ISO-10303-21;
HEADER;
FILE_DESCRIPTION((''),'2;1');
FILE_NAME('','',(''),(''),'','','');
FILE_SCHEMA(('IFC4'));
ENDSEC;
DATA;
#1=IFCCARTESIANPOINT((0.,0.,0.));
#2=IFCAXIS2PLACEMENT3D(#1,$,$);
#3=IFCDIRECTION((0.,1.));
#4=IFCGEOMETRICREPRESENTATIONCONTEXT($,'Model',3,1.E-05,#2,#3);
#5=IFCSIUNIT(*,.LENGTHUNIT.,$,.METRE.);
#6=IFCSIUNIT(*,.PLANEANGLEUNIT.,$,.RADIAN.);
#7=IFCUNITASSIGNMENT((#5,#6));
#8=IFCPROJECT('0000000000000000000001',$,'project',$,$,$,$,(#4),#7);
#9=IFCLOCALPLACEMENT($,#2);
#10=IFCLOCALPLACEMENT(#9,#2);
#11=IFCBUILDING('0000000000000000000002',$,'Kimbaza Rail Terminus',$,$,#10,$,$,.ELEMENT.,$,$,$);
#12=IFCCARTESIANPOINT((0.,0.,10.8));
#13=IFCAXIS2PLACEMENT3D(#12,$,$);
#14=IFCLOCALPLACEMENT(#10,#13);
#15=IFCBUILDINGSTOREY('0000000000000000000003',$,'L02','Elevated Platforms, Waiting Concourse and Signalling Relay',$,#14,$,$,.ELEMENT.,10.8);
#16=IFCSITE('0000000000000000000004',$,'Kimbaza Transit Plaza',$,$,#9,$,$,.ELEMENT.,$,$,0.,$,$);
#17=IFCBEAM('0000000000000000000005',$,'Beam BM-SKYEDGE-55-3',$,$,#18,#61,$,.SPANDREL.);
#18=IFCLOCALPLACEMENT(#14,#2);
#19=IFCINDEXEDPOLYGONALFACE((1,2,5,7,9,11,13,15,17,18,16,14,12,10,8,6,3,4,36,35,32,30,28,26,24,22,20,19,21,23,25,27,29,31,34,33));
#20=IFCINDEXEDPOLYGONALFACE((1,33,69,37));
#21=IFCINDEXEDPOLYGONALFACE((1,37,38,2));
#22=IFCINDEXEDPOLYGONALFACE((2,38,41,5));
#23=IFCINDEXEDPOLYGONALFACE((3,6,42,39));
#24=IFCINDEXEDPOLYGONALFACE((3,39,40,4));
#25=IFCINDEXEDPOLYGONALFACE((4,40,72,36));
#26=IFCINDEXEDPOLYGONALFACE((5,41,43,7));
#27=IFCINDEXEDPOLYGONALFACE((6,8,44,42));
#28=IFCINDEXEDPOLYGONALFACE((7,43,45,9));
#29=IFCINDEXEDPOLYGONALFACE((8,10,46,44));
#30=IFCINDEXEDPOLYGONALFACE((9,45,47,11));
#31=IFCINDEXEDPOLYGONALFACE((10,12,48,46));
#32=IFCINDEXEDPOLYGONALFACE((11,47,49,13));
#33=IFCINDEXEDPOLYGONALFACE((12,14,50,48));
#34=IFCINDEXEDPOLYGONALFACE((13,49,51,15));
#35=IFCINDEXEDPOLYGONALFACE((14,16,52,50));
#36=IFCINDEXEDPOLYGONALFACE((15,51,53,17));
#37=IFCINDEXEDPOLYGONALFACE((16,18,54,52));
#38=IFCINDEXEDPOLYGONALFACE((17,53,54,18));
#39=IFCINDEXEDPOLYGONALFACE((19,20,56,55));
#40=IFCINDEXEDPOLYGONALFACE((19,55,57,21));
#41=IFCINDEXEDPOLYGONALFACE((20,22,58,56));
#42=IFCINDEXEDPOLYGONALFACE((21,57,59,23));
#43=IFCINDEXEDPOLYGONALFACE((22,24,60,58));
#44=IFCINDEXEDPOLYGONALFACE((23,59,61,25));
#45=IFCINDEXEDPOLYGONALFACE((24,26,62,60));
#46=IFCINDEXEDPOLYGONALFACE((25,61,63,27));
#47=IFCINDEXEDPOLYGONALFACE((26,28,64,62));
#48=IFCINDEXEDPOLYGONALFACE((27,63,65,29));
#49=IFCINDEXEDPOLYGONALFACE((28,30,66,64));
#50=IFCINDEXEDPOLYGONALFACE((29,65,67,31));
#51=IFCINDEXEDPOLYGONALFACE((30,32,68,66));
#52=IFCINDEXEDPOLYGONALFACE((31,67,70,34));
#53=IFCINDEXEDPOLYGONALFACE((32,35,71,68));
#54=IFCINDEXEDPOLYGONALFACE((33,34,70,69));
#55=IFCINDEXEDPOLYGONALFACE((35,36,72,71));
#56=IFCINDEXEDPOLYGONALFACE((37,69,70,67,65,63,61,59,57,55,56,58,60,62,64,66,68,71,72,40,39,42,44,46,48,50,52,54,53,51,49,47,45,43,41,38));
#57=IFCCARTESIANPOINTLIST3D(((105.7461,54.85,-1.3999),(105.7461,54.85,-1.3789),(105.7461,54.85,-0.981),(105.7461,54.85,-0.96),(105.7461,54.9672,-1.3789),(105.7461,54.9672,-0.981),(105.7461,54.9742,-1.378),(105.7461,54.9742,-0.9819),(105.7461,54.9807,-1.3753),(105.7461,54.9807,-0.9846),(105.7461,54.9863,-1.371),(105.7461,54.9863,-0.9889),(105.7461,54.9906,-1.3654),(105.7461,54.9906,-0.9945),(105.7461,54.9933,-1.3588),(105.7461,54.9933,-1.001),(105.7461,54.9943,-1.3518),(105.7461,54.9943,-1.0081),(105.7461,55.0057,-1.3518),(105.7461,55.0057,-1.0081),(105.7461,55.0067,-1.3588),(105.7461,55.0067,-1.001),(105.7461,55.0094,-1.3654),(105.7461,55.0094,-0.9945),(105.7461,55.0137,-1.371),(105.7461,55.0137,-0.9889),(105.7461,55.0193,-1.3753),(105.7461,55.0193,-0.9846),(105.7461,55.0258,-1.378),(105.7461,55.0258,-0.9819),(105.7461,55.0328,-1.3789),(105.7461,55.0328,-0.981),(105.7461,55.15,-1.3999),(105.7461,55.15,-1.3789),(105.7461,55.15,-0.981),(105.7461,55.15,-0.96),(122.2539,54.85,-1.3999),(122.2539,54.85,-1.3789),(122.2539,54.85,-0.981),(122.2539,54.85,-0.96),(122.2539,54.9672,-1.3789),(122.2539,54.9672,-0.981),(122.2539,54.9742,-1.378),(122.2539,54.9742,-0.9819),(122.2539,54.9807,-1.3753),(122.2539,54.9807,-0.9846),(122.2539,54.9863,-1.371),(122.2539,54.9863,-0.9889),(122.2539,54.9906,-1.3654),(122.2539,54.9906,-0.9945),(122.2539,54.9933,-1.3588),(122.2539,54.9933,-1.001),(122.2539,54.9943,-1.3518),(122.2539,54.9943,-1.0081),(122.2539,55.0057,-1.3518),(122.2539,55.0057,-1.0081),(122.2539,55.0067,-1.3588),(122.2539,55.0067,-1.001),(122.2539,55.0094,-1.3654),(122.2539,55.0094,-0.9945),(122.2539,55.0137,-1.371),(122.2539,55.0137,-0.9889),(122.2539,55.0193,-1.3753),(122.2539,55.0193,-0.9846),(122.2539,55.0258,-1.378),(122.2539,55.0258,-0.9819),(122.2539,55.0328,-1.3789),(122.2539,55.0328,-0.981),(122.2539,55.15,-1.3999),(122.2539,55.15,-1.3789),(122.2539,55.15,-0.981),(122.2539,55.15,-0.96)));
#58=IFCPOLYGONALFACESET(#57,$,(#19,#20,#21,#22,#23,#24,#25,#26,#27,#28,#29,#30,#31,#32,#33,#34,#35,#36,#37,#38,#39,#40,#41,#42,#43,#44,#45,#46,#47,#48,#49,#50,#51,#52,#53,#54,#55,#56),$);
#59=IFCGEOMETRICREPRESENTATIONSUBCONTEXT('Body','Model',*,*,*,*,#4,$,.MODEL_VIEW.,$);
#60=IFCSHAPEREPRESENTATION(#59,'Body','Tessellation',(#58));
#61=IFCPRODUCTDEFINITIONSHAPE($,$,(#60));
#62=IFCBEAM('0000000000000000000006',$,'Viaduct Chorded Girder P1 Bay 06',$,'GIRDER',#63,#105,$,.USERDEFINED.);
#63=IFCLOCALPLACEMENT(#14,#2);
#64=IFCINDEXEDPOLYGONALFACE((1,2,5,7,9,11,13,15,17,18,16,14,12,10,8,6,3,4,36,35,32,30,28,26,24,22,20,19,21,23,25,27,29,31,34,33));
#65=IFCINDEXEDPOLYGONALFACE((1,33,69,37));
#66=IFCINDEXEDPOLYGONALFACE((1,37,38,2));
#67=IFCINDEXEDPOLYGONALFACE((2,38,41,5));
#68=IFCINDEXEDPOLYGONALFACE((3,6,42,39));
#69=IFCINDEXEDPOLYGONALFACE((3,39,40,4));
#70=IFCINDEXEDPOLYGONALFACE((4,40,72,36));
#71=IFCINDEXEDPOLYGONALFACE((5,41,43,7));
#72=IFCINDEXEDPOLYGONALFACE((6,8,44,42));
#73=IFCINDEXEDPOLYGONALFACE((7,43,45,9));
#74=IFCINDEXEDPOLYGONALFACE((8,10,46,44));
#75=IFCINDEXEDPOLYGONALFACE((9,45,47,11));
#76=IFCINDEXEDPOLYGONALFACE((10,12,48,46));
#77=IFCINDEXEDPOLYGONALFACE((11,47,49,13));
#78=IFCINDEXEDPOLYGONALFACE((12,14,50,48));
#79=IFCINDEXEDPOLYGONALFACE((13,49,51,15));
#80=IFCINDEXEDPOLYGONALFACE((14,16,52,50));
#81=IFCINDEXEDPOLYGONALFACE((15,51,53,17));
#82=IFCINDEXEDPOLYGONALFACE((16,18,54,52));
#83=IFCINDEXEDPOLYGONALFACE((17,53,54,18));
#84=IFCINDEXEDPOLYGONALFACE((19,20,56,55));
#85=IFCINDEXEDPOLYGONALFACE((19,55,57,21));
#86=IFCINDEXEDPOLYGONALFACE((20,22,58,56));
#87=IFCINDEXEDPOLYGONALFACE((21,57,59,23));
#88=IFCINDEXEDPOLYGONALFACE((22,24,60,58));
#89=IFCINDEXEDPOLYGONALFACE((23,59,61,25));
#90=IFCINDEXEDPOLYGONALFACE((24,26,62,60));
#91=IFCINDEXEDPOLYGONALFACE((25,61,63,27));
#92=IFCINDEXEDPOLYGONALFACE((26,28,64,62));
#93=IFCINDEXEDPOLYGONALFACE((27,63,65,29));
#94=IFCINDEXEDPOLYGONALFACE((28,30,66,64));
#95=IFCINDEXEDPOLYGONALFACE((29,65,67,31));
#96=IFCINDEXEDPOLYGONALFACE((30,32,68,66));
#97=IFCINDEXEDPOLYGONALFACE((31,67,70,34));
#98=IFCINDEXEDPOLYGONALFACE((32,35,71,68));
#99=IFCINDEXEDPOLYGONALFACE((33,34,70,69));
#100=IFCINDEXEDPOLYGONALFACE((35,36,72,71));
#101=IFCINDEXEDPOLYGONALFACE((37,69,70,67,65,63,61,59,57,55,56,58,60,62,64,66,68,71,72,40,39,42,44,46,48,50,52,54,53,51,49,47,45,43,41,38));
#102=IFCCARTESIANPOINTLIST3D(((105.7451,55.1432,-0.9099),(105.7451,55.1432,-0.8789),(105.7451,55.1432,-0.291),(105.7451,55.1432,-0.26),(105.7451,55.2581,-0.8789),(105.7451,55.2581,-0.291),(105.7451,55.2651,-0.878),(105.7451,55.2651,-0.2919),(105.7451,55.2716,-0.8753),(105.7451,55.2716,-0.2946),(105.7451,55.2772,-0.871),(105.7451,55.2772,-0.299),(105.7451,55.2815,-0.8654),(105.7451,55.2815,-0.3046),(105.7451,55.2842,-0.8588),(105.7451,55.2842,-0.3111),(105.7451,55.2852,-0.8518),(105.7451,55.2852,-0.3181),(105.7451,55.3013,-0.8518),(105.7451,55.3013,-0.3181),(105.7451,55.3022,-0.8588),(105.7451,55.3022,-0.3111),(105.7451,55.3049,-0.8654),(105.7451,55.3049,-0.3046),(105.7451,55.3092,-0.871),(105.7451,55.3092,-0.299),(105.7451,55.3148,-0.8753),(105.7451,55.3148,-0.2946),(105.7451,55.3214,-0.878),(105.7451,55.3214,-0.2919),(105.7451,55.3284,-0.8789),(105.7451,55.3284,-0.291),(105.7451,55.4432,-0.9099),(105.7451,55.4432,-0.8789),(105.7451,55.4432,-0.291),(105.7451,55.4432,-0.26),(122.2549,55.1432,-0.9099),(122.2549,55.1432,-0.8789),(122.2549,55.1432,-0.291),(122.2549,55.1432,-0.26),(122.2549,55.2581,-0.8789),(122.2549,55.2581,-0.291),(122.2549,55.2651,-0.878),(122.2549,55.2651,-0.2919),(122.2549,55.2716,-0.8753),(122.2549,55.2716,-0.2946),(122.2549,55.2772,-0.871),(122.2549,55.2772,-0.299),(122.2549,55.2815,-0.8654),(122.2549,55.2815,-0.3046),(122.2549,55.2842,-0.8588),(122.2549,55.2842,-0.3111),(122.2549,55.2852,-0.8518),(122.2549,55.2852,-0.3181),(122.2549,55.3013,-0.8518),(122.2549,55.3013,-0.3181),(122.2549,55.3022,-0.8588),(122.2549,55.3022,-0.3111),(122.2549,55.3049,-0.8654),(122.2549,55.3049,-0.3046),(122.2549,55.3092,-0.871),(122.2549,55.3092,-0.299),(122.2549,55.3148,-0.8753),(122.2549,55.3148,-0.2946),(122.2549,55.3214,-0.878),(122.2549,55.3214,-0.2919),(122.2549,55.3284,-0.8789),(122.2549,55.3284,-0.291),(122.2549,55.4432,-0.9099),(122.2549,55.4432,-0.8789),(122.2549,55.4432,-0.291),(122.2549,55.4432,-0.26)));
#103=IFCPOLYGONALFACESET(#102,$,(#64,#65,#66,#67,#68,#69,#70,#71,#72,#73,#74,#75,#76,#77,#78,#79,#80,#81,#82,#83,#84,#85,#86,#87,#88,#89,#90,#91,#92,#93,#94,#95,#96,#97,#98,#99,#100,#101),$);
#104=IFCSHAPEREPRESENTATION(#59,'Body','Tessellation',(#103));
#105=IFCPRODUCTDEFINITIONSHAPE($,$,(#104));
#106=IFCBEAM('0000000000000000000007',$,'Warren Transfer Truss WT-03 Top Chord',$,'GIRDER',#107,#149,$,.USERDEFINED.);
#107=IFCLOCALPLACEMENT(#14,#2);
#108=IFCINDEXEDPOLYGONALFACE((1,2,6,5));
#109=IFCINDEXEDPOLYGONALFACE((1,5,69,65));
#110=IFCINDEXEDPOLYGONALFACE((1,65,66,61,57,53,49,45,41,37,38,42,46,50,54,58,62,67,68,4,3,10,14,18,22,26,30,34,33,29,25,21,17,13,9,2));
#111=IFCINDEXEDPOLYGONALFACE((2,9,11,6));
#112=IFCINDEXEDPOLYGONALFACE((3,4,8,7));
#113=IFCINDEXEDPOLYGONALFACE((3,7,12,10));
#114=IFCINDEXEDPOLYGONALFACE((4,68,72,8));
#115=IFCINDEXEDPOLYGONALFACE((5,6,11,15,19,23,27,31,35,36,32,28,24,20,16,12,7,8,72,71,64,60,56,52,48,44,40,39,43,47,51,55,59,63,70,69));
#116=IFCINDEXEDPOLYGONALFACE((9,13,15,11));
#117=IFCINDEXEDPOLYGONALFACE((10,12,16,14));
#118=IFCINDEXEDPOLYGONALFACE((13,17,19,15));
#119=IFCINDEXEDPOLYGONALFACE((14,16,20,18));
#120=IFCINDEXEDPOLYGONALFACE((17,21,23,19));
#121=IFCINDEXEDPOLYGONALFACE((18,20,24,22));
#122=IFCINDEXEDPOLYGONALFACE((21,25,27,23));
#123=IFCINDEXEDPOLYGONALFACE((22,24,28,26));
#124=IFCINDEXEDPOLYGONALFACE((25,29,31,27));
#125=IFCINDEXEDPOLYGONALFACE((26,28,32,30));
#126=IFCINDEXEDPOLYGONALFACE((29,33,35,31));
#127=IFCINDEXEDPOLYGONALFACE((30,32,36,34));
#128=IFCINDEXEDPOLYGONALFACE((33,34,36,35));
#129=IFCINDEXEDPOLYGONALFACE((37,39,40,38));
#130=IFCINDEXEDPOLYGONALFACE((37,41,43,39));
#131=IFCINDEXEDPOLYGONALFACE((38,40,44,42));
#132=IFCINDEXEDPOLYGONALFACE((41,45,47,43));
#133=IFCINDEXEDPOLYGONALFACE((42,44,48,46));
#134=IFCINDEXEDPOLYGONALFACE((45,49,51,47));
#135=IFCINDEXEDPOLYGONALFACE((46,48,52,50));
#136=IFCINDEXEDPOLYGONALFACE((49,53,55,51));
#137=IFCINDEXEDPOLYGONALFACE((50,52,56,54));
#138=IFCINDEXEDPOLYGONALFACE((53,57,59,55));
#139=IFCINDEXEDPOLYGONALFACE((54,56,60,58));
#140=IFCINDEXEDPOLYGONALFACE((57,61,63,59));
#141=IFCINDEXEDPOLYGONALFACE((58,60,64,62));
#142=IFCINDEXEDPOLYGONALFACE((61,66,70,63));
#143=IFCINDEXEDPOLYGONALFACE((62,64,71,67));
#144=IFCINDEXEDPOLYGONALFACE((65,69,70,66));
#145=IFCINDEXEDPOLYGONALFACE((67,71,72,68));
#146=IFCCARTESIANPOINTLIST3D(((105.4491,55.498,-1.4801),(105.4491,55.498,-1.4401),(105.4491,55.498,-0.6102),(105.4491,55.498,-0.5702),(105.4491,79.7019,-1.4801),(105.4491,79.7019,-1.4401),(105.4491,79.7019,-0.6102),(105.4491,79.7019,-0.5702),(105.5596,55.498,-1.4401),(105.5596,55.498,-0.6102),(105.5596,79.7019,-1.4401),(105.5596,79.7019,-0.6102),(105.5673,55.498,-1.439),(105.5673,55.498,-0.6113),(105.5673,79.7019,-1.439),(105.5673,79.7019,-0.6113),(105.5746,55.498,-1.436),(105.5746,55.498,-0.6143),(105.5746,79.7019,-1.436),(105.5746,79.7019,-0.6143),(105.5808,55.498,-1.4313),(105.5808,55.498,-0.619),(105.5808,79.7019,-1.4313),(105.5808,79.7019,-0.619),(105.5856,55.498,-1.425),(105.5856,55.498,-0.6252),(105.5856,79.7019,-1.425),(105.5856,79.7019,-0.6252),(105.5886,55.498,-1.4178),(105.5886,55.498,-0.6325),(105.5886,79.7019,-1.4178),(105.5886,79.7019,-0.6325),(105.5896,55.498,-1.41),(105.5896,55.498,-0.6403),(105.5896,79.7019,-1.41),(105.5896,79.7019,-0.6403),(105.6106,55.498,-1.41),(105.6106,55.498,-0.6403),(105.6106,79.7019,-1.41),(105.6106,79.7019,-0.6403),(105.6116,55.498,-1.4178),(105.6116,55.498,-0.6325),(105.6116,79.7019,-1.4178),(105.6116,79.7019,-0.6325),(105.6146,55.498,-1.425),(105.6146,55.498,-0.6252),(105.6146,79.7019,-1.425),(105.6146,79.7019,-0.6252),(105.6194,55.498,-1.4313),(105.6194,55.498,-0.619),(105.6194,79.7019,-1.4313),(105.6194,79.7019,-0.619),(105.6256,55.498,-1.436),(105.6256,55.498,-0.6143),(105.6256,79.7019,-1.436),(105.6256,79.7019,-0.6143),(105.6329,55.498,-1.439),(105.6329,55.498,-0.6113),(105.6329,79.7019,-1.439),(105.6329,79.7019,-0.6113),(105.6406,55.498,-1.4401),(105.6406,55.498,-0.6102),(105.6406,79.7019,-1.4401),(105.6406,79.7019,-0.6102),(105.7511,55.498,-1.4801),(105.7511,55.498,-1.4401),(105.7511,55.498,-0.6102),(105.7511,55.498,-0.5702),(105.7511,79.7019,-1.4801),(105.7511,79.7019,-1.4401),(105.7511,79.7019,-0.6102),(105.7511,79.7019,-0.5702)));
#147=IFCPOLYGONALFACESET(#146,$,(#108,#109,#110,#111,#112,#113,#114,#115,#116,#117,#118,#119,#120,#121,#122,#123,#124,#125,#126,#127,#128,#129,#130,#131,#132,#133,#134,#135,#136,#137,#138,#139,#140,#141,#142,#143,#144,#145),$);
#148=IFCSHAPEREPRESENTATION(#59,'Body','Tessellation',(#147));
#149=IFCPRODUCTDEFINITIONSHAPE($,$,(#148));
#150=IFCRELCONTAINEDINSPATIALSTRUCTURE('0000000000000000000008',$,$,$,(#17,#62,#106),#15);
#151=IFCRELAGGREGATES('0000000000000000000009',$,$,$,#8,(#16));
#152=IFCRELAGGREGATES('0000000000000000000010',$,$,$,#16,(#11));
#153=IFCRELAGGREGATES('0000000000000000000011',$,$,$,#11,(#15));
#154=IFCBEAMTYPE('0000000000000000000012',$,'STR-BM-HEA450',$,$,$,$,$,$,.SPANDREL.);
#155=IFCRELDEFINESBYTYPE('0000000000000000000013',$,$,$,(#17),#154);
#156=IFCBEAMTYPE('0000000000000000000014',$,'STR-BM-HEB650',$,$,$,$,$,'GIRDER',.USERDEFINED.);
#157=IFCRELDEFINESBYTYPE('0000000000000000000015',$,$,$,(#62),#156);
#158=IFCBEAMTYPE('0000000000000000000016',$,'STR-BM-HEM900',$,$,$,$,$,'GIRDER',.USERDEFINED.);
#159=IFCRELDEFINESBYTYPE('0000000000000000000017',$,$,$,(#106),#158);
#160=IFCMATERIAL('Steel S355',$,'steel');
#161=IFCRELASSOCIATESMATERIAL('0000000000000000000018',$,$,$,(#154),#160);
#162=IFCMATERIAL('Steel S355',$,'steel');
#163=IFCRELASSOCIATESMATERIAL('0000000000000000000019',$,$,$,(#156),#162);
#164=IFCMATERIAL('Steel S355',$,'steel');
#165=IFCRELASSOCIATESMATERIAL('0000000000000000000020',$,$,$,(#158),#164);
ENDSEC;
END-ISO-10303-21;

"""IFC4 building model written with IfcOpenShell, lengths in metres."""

from ifc_helpers import new_model, si_unit, direction, frame, origin, origin_2d, place, context, subcontext, project, spatial, i_section, extrude, material, material_profile, profile_set, type_object, element, save


model = new_model("IFC4")

# Units and contexts
model_context = context("Model", 3, precision=1e-05, world=origin(), true_north=direction((0.0, 1.0)))
body_context = subcontext(model_context, "Body", "Model", "MODEL_VIEW")
ifc_project = project(units=[si_unit("LENGTHUNIT", "METRE"), si_unit("PLANEANGLEUNIT", "RADIAN")], contexts=[model_context])

# Site, building, storey
site_placement = place(None, origin())
site = spatial("IfcSite", under=ifc_project, at=site_placement, Name="Kimbaza Transit Plaza", CompositionType="ELEMENT", RefElevation=0.0)
building_placement = place(site_placement, origin())
building = spatial("IfcBuilding", under=site, at=building_placement, Name="Kimbaza Rail Terminus", CompositionType="ELEMENT")
storey_placement = place(building_placement, frame((0.0, 0.0, 10.8)))
storey = spatial("IfcBuildingStorey", under=building, at=storey_placement, Name="L02", Description="Elevated Platforms, Waiting Concourse and Signalling Relay", CompositionType="ELEMENT", Elevation=10.8)

# Beams
ifc_material_1 = material(Name="Steel S355", Category="steel")
ifc_material_profile_1 = material_profile(ifc_material_1, i_section(OverallWidth=0.3, OverallDepth=0.4399, WebThickness=0.0115, FlangeThickness=0.021, FilletRadius=0.0271, at=origin_2d()), Name="HEA 450")
ifc_profile_set_1 = profile_set([ifc_material_profile_1], Name="Steel S355")
beam_type_1 = type_object("IfcBeamType", Name="STR-BM-HEA450", PredefinedType="SPANDREL", material=ifc_profile_set_1)
beam_1_placement = place(storey_placement, frame((105.7461, 55.0, -1.1799), z_axis=(1.0, 0.0, 0.0), x_axis=(0.0, 1.0, 0.0)))
element("IfcBeam", 1, at=beam_1_placement, inside=storey, type_object=beam_type_1, Name="Beam BM-SKYEDGE-55-3", PredefinedType="SPANDREL", context=body_context, shape_type="SweptSolid", body=[
    extrude(i_section(OverallWidth=0.3, OverallDepth=0.4399, WebThickness=0.0115, FlangeThickness=0.021, FilletRadius=0.0271, at=origin_2d()), origin(), (0.0, 0.0, 1.0), 16.5078),
])
ifc_material_2 = material(Name="Steel S355", Category="steel")
ifc_material_profile_2 = material_profile(ifc_material_2, i_section(OverallWidth=0.3, OverallDepth=0.6499, WebThickness=0.0161, FlangeThickness=0.031, FilletRadius=0.0271, at=origin_2d()), Name="HEB 650")
ifc_profile_set_2 = profile_set([ifc_material_profile_2], Name="Steel S355")
beam_type_2 = type_object("IfcBeamType", Name="STR-BM-HEB650", ElementType="GIRDER", PredefinedType="USERDEFINED", material=ifc_profile_set_2)
beam_2_placement = place(storey_placement, frame((105.7451, 55.2932, -0.585), z_axis=(1.0, 0.0, 0.0), x_axis=(0.0, 1.0, 0.0)))
element("IfcBeam", 2, at=beam_2_placement, inside=storey, type_object=beam_type_2, Name="Viaduct Chorded Girder P1 Bay 06", ObjectType="GIRDER", PredefinedType="USERDEFINED", context=body_context, shape_type="SweptSolid", body=[
    extrude(i_section(OverallWidth=0.3, OverallDepth=0.6499, WebThickness=0.0161, FlangeThickness=0.031, FilletRadius=0.0271, at=origin_2d()), origin(), (0.0, 0.0, 1.0), 16.5098),
])
ifc_material_3 = material(Name="Steel S355", Category="steel")
ifc_material_profile_3 = material_profile(ifc_material_3, i_section(OverallWidth=0.302, OverallDepth=0.9099, WebThickness=0.021, FlangeThickness=0.04, FilletRadius=0.03, at=origin_2d()), Name="HEM 900")
ifc_profile_set_3 = profile_set([ifc_material_profile_3], Name="Steel S355")
beam_type_3 = type_object("IfcBeamType", Name="STR-BM-HEM900", ElementType="GIRDER", PredefinedType="USERDEFINED", material=ifc_profile_set_3)
beam_3_placement = place(storey_placement, frame((105.6001, 55.498, -1.0251), z_axis=(0.0, 1.0, 0.0), x_axis=(-1.0, 0.0, 0.0)))
element("IfcBeam", 3, at=beam_3_placement, inside=storey, type_object=beam_type_3, Name="Warren Transfer Truss WT-03 Top Chord", ObjectType="GIRDER", PredefinedType="USERDEFINED", context=body_context, shape_type="SweptSolid", body=[
    extrude(i_section(OverallWidth=0.302, OverallDepth=0.9099, WebThickness=0.021, FlangeThickness=0.04, FilletRadius=0.03, at=origin_2d()), origin(), (0.0, 0.0, 1.0), 24.2039),
])

save(model, "model.ifc")
